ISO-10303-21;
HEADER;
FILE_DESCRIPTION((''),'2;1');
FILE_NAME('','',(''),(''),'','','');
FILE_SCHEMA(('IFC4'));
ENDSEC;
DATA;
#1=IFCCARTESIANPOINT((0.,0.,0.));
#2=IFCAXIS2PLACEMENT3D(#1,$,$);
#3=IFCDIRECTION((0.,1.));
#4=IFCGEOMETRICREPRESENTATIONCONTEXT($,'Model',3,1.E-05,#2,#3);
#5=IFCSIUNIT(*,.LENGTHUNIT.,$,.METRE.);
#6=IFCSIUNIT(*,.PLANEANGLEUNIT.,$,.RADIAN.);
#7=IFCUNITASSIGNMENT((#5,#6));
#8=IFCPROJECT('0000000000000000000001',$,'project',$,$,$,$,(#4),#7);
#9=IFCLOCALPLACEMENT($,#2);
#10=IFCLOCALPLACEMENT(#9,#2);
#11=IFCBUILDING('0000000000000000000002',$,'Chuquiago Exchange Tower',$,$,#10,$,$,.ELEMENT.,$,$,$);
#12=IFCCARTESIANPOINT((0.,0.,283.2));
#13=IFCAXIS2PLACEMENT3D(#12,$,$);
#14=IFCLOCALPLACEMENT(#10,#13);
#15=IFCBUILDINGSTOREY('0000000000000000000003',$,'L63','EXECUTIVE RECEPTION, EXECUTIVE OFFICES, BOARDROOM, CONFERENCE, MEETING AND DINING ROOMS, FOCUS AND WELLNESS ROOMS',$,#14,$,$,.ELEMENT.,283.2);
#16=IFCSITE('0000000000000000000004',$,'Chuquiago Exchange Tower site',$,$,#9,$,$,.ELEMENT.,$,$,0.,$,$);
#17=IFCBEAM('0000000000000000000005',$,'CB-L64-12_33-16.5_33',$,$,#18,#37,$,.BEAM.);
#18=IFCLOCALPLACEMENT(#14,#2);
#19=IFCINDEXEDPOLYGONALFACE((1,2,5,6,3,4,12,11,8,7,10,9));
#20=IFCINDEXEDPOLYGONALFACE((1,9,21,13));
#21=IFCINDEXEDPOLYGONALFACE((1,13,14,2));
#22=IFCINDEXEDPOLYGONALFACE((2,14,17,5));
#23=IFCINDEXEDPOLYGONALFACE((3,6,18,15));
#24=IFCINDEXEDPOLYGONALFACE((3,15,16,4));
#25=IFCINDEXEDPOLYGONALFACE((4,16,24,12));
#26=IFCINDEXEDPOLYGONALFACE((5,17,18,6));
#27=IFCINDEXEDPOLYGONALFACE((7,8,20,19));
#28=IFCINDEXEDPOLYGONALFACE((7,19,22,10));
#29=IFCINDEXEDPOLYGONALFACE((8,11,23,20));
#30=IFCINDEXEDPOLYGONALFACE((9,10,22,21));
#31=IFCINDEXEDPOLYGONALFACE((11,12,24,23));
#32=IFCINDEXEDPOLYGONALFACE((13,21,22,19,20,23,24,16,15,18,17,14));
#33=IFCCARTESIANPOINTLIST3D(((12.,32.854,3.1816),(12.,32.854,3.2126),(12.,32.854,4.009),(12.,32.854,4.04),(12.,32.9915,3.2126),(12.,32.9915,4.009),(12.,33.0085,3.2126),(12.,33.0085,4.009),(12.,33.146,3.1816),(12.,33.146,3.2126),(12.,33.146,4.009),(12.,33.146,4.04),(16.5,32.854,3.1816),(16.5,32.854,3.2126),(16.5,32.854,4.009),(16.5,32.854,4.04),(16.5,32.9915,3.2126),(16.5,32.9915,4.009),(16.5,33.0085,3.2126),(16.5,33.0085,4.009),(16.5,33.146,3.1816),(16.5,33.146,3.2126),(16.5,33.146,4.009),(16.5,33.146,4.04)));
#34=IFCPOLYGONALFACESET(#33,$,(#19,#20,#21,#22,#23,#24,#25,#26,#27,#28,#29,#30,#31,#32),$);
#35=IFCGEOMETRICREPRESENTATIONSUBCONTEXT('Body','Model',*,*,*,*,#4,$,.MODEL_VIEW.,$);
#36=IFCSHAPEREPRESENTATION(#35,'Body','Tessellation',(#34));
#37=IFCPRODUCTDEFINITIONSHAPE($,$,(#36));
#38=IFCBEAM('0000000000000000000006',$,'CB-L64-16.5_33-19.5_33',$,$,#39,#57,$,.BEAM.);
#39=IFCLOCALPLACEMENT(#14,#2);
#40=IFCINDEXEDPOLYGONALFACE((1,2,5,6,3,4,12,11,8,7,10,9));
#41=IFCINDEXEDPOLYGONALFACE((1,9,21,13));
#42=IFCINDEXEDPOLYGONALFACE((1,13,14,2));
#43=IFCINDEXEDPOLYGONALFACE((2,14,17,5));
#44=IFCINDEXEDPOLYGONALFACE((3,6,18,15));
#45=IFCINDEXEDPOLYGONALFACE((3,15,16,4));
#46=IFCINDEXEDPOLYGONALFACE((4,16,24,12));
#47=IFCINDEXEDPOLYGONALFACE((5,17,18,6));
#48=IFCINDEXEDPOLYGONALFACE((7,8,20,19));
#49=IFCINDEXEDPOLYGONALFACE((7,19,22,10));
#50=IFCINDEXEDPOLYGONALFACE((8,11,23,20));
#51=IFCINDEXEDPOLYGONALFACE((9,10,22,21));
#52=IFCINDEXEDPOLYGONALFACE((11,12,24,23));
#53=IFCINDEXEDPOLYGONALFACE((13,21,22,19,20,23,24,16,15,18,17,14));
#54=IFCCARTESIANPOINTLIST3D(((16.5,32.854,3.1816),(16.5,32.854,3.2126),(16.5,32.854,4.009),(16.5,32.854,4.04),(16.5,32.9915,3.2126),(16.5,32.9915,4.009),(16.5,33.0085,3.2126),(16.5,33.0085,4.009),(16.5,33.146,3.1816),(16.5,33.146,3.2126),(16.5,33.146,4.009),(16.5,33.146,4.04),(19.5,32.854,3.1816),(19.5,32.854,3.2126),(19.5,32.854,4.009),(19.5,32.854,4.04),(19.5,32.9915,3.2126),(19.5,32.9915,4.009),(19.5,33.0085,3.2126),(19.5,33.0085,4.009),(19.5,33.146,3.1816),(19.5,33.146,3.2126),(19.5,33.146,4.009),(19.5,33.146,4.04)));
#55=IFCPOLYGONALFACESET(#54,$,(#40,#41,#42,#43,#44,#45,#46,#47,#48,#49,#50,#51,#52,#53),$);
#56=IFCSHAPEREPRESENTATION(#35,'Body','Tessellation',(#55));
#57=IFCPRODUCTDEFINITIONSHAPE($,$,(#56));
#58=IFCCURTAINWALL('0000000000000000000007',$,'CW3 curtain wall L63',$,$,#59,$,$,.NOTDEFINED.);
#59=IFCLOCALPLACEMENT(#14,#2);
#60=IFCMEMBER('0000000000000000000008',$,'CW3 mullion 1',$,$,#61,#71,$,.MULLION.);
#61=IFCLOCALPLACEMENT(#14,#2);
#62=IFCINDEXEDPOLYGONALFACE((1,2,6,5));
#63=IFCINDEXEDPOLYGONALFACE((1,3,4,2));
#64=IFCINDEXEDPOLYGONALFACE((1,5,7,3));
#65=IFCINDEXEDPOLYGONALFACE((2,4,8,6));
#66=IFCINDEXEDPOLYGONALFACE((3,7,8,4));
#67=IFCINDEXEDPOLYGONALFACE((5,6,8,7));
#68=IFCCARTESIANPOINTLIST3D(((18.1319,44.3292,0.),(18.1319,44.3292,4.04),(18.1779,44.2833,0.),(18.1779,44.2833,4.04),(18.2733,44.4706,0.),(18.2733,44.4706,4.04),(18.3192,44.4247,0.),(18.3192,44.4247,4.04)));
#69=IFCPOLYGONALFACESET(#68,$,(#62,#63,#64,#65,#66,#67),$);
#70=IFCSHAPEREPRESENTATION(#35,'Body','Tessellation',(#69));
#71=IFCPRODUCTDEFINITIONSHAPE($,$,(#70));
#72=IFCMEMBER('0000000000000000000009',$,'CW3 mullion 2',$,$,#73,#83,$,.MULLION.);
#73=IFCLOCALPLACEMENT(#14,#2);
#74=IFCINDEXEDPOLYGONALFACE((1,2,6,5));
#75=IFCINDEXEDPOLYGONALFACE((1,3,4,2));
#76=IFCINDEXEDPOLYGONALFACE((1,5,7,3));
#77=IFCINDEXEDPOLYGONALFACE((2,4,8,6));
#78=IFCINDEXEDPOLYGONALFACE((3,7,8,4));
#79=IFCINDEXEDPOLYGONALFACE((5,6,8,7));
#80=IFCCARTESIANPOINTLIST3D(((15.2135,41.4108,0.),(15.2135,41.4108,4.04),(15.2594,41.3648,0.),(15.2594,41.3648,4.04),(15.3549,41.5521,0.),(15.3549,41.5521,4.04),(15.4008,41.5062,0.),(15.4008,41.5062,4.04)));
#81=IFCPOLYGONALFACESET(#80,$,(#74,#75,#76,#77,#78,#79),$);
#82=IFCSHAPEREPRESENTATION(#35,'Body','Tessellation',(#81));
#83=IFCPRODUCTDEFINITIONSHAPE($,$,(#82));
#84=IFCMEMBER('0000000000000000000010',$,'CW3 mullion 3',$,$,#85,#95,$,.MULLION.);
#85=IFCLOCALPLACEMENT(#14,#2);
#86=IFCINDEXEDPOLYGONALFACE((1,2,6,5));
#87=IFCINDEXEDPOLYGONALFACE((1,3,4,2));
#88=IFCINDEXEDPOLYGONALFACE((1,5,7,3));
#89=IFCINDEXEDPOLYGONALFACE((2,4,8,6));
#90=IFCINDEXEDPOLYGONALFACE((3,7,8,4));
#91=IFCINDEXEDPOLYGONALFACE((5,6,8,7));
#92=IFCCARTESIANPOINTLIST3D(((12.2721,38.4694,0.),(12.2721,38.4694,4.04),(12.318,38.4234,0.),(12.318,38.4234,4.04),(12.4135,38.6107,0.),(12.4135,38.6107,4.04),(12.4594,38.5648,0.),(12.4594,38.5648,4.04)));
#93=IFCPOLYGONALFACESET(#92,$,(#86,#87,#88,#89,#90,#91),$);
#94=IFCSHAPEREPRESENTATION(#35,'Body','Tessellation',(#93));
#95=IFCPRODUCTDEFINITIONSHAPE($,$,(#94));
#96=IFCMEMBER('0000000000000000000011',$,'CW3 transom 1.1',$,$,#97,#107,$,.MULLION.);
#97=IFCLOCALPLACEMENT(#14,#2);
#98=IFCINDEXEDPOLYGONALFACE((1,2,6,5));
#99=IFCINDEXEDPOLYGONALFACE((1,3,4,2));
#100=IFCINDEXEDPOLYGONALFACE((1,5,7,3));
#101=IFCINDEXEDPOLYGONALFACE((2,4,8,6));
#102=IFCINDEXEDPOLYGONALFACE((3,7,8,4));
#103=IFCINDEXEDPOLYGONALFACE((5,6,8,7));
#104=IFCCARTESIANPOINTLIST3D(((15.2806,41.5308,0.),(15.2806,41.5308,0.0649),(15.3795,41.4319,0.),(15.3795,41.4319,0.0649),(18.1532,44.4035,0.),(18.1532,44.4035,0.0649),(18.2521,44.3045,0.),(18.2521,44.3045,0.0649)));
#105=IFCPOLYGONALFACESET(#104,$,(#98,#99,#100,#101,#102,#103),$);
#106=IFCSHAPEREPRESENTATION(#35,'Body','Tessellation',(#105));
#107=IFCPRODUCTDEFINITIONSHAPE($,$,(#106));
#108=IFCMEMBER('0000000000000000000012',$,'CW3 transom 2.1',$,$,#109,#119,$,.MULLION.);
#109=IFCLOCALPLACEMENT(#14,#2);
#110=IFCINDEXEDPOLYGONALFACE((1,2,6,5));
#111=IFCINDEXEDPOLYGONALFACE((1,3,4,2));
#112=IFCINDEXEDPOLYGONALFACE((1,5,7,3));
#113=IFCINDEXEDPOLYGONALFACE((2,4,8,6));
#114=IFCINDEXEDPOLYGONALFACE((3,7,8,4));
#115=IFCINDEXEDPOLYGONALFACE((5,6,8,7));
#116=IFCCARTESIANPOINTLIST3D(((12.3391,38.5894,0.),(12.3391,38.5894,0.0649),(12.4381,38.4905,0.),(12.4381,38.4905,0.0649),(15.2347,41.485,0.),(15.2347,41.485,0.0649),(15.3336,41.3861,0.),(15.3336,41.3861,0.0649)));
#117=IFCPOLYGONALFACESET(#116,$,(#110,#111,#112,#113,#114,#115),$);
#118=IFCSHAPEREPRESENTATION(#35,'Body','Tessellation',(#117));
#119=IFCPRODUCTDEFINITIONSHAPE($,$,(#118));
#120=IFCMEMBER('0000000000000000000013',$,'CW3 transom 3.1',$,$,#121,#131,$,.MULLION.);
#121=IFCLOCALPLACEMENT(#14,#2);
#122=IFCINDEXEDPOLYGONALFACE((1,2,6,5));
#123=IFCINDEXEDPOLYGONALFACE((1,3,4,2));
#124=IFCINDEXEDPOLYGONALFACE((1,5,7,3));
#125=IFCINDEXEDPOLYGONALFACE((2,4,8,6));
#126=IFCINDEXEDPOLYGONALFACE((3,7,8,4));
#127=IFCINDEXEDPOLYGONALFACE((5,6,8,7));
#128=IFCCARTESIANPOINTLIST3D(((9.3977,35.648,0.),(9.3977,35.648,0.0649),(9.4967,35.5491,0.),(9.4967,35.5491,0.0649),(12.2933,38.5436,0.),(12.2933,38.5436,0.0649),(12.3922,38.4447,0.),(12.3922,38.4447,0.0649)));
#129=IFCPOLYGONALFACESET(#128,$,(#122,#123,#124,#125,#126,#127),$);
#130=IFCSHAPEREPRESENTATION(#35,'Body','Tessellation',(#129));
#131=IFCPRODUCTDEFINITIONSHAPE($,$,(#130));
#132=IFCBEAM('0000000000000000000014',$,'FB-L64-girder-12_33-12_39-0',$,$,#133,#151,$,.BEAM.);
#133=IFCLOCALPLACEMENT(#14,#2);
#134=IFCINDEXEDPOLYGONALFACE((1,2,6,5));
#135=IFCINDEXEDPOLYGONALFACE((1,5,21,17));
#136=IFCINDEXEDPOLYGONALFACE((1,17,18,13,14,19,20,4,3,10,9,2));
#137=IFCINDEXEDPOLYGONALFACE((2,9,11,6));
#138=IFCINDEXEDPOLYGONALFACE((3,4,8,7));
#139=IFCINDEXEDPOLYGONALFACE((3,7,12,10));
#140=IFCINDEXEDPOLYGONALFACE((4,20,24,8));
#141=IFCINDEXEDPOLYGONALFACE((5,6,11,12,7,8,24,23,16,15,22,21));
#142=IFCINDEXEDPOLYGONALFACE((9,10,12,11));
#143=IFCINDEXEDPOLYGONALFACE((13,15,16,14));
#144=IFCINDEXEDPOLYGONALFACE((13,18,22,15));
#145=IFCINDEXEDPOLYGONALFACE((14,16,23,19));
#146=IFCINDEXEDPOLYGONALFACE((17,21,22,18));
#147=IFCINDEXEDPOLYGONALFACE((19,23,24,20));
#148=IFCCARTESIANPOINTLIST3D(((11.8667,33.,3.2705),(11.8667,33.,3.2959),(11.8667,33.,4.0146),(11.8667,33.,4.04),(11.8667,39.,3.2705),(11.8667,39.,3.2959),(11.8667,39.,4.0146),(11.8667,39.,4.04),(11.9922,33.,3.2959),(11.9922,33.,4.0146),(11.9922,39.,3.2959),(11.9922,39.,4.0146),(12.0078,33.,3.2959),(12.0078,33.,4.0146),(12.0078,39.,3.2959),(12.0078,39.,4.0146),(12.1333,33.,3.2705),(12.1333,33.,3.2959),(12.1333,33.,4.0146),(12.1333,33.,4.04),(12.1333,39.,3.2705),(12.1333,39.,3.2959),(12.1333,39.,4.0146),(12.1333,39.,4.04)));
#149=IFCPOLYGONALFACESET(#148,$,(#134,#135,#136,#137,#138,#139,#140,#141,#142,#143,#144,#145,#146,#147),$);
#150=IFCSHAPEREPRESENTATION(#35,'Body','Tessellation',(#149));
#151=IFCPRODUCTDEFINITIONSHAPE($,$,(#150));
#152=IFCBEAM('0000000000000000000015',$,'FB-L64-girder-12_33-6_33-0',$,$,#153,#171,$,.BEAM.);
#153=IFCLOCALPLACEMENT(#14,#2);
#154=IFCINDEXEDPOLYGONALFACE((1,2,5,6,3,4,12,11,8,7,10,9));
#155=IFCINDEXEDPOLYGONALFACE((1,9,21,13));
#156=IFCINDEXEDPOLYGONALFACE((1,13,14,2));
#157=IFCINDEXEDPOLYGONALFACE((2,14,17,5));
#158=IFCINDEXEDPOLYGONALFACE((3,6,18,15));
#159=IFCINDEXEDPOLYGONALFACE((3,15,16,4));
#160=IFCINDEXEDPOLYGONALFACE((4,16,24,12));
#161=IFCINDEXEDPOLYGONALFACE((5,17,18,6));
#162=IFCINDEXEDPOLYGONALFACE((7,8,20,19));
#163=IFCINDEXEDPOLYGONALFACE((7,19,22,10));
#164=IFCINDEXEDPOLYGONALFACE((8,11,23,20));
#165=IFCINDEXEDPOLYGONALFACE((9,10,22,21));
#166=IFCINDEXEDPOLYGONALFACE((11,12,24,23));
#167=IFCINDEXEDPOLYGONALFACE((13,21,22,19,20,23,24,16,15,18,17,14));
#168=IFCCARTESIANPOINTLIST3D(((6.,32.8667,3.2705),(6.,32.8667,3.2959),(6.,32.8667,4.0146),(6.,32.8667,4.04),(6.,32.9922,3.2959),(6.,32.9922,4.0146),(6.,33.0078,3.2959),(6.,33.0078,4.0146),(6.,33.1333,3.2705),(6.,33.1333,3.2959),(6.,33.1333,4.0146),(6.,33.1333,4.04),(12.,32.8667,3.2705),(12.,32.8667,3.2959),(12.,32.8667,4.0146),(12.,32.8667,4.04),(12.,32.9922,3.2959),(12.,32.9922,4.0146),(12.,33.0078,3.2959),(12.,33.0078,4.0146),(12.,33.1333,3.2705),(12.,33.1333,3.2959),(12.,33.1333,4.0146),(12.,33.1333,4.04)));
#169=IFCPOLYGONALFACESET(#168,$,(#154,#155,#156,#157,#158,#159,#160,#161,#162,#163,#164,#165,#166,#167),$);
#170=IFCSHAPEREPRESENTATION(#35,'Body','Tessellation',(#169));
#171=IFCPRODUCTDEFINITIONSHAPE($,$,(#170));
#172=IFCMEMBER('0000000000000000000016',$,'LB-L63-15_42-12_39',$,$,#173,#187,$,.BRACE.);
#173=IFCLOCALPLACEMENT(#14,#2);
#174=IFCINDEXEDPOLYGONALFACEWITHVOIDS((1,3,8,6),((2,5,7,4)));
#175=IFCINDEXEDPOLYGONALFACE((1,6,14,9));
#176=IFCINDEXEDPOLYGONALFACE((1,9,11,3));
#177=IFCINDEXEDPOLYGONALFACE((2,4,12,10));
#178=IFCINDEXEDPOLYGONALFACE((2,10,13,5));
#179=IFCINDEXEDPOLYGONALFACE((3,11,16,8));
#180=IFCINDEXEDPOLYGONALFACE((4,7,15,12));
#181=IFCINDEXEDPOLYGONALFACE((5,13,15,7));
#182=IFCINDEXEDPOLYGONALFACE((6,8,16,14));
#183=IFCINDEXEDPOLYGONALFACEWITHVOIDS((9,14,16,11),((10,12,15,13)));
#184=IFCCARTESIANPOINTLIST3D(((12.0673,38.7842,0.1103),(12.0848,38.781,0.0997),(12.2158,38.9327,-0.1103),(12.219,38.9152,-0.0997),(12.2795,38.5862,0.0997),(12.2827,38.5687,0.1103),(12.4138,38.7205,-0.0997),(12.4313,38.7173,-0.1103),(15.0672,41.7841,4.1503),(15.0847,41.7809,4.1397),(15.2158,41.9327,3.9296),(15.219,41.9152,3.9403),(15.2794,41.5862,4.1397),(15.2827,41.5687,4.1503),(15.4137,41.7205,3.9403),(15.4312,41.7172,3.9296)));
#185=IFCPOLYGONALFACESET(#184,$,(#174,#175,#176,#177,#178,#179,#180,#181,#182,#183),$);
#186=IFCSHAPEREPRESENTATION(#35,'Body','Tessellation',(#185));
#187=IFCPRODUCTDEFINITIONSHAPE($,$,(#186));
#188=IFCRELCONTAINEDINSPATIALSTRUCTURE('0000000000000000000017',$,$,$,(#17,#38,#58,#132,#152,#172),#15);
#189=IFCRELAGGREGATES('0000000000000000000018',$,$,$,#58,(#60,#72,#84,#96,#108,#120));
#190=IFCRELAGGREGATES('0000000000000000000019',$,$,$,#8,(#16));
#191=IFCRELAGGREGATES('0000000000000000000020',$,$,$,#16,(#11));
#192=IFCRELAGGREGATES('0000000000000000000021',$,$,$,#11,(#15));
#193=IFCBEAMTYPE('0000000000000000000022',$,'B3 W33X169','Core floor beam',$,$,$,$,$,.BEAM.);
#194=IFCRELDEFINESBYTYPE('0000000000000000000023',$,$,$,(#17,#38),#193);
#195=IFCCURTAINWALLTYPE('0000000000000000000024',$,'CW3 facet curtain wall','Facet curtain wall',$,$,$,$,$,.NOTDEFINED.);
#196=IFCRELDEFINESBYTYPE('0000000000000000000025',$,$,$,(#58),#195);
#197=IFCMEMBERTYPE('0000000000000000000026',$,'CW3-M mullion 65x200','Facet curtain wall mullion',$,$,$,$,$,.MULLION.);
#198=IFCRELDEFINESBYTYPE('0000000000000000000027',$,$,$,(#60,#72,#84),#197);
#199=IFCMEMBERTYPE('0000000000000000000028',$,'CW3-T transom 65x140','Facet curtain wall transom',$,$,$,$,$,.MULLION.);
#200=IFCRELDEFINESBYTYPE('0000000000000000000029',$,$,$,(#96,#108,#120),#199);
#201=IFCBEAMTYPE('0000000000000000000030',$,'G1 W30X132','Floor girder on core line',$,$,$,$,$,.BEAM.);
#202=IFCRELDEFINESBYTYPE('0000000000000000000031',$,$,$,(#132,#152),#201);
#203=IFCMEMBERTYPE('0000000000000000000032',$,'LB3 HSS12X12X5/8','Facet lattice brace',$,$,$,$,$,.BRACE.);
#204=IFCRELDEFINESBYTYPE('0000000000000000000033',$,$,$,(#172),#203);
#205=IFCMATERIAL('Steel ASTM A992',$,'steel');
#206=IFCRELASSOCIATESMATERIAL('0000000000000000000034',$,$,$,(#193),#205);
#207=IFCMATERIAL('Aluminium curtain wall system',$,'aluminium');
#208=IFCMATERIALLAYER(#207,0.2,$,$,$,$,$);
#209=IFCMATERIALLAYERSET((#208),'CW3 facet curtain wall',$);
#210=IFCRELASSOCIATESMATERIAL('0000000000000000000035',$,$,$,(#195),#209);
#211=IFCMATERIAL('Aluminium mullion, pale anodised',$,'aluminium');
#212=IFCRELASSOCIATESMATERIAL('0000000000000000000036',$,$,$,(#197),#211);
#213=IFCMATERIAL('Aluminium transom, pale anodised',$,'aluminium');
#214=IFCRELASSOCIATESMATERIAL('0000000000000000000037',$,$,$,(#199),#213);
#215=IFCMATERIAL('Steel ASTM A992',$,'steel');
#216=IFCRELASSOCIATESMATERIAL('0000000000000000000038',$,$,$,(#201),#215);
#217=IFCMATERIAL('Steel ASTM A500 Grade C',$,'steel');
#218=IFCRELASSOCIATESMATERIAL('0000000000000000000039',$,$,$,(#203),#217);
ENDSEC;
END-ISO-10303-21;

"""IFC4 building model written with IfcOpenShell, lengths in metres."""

from ifc_helpers import new_model, si_unit, direction, frame, origin, origin_2d, place, context, subcontext, project, spatial, rectangle, hollow_rectangle, i_section, extrude, material, layer, layer_set, material_profile, profile_set, type_object, element, aggregate, save


model = new_model("IFC4")

# Units and contexts
model_context = context("Model", 3, precision=1e-05, world=origin(), true_north=direction((0.0, 1.0)))
body_context = subcontext(model_context, "Body", "Model", "MODEL_VIEW")
ifc_project = project(units=[si_unit("LENGTHUNIT", "METRE"), si_unit("PLANEANGLEUNIT", "RADIAN")], contexts=[model_context])

# Site, building, storey
site_placement = place(None, origin())
site = spatial("IfcSite", under=ifc_project, at=site_placement, Name="Chuquiago Exchange Tower site", CompositionType="ELEMENT", RefElevation=0.0)
building_placement = place(site_placement, origin())
building = spatial("IfcBuilding", under=site, at=building_placement, Name="Chuquiago Exchange Tower", CompositionType="ELEMENT")
storey_placement = place(building_placement, frame((0.0, 0.0, 283.2)))
storey = spatial("IfcBuildingStorey", under=building, at=storey_placement, Name="L63", Description="EXECUTIVE RECEPTION, EXECUTIVE OFFICES, BOARDROOM, CONFERENCE, MEETING AND DINING ROOMS, FOCUS AND WELLNESS ROOMS", CompositionType="ELEMENT", Elevation=283.2)

# Beams
ifc_material_1 = material(Name="Steel ASTM A992", Category="steel")
ifc_material_profile_1 = material_profile(ifc_material_1, i_section(OverallWidth=0.292, OverallDepth=0.8584, WebThickness=0.0171, FlangeThickness=0.031, at=origin_2d()), Name="W33X169")
ifc_profile_set_1 = profile_set([ifc_material_profile_1], Name="Steel ASTM A992")
beam_type_1 = type_object("IfcBeamType", Name="B3 W33X169", Description="Core floor beam", PredefinedType="BEAM", material=ifc_profile_set_1)
beam_1_placement = place(storey_placement, frame((12.0, 33.0, 3.6108), z_axis=(1.0, 0.0, 0.0), x_axis=(0.0, 1.0, 0.0)))
element("IfcBeam", 1, at=beam_1_placement, inside=storey, type_object=beam_type_1, Name="CB-L64-12_33-16.5_33", PredefinedType="BEAM", context=body_context, shape_type="SweptSolid", body=[
    extrude(i_section(OverallWidth=0.292, OverallDepth=0.8584, WebThickness=0.0171, FlangeThickness=0.031, at=origin_2d()), origin(), (0.0, 0.0, 1.0), 4.5),
])
beam_2_placement = place(storey_placement, frame((16.5, 33.0, 3.6108), z_axis=(1.0, 0.0, 0.0), x_axis=(0.0, 1.0, 0.0)))
element("IfcBeam", 2, at=beam_2_placement, inside=storey, type_object=beam_type_1, Name="CB-L64-16.5_33-19.5_33", PredefinedType="BEAM", context=body_context, shape_type="SweptSolid", body=[
    extrude(i_section(OverallWidth=0.292, OverallDepth=0.8584, WebThickness=0.0171, FlangeThickness=0.031, at=origin_2d()), origin(), (0.0, 0.0, 1.0), 3.0),
])

# Curtain wall, members
ifc_material_2 = material(Name="Aluminium curtain wall system", Category="aluminium")
ifc_layer_1 = layer(ifc_material_2, 0.2)
ifc_layer_set_1 = layer_set([ifc_layer_1], Name="CW3 facet curtain wall")
curtain_wall_type = type_object("IfcCurtainWallType", Name="CW3 facet curtain wall", Description="Facet curtain wall", PredefinedType="NOTDEFINED", material=ifc_layer_set_1)
curtain_wall_placement = place(storey_placement, origin())
curtain_wall = element("IfcCurtainWall", 3, at=curtain_wall_placement, inside=storey, type_object=curtain_wall_type, Name="CW3 curtain wall L63", PredefinedType="NOTDEFINED")
ifc_material_3 = material(Name="Aluminium mullion, pale anodised", Category="aluminium")
ifc_material_profile_2 = material_profile(ifc_material_3, rectangle(XDim=0.0649, YDim=0.2, at=origin_2d()), Name="AL 65x200")
ifc_profile_set_2 = profile_set([ifc_material_profile_2], Name="Aluminium mullion, pale anodised")
member_type_1 = type_object("IfcMemberType", Name="CW3-M mullion 65x200", Description="Facet curtain wall mullion", PredefinedType="MULLION", material=ifc_profile_set_2)
member_1_placement = place(storey_placement, frame((18.2256, 44.377, 0.0), z_axis=(0.0, 0.0, 1.0), x_axis=(0.707107, -0.707107, 0.0)))
member_1 = element("IfcMember", 4, at=member_1_placement, type_object=member_type_1, Name="CW3 mullion 1", PredefinedType="MULLION", context=body_context, shape_type="SweptSolid", body=[
    extrude(rectangle(XDim=0.0649, YDim=0.2, at=origin_2d()), origin(), (0.0, 0.0, 1.0), 4.04),
])
member_2_placement = place(storey_placement, frame((15.3071, 41.4585, 0.0), z_axis=(0.0, 0.0, 1.0), x_axis=(0.707107, -0.707107, 0.0)))
member_2 = element("IfcMember", 5, at=member_2_placement, type_object=member_type_1, Name="CW3 mullion 2", PredefinedType="MULLION", context=body_context, shape_type="SweptSolid", body=[
    extrude(rectangle(XDim=0.0649, YDim=0.2, at=origin_2d()), origin(), (0.0, 0.0, 1.0), 4.04),
])
member_3_placement = place(storey_placement, frame((12.3657, 38.5171, 0.0), z_axis=(0.0, 0.0, 1.0), x_axis=(0.707107, -0.707107, 0.0)))
member_3 = element("IfcMember", 6, at=member_3_placement, type_object=member_type_1, Name="CW3 mullion 3", PredefinedType="MULLION", context=body_context, shape_type="SweptSolid", body=[
    extrude(rectangle(XDim=0.0649, YDim=0.2, at=origin_2d()), origin(), (0.0, 0.0, 1.0), 4.04),
])
ifc_material_4 = material(Name="Aluminium transom, pale anodised", Category="aluminium")
ifc_material_profile_3 = material_profile(ifc_material_4, rectangle(XDim=0.1399, YDim=0.0649, at=origin_2d()), Name="AL 140x65")
ifc_profile_set_3 = profile_set([ifc_material_profile_3], Name="Aluminium transom, pale anodised")
member_type_2 = type_object("IfcMemberType", Name="CW3-T transom 65x140", Description="Facet curtain wall transom", PredefinedType="MULLION", material=ifc_profile_set_3)
member_4_placement = place(storey_placement, frame((18.2026, 44.354, 0.0325), z_axis=(-0.707107, -0.707107, 0.0), x_axis=(0.707107, -0.707107, 0.0)))
member_4 = element("IfcMember", 7, at=member_4_placement, type_object=member_type_2, Name="CW3 transom 1.1", PredefinedType="MULLION", context=body_context, shape_type="SweptSolid", body=[
    extrude(rectangle(XDim=0.1399, YDim=0.0649, at=origin_2d()), origin(), (0.0, 0.0, 1.0), 4.0625),
])
member_5_placement = place(storey_placement, frame((15.2842, 41.4355, 0.0325), z_axis=(-0.707107, -0.707107, 0.0), x_axis=(0.707107, -0.707107, 0.0)))
member_5 = element("IfcMember", 8, at=member_5_placement, type_object=member_type_2, Name="CW3 transom 2.1", PredefinedType="MULLION", context=body_context, shape_type="SweptSolid", body=[
    extrude(rectangle(XDim=0.1399, YDim=0.0649, at=origin_2d()), origin(), (0.0, 0.0, 1.0), 4.095),
])
member_6_placement = place(storey_placement, frame((12.3428, 38.4941, 0.0325), z_axis=(-0.707107, -0.707107, 0.0), x_axis=(0.707107, -0.707107, 0.0)))
member_6 = element("IfcMember", 9, at=member_6_placement, type_object=member_type_2, Name="CW3 transom 3.1", PredefinedType="MULLION", context=body_context, shape_type="SweptSolid", body=[
    extrude(rectangle(XDim=0.1399, YDim=0.0649, at=origin_2d()), origin(), (0.0, 0.0, 1.0), 4.095),
])

# Beams
ifc_material_5 = material(Name="Steel ASTM A992", Category="steel")
ifc_material_profile_4 = material_profile(ifc_material_5, i_section(OverallWidth=0.2666, OverallDepth=0.7695, WebThickness=0.0156, FlangeThickness=0.0254, at=origin_2d()), Name="W30X132")
ifc_profile_set_4 = profile_set([ifc_material_profile_4], Name="Steel ASTM A992")
beam_type_2 = type_object("IfcBeamType", Name="G1 W30X132", Description="Floor girder on core line", PredefinedType="BEAM", material=ifc_profile_set_4)
for number, where, z_axis, x_axis, name in (
    (10, (12.0, 33.0, 3.6553), (0.0, 1.0, 0.0), (-1.0, 0.0, 0.0), "FB-L64-girder-12_33-12_39-0"),
    (11, (12.0, 33.0, 3.6553), (-1.0, 0.0, 0.0), (0.0, -1.0, 0.0), "FB-L64-girder-12_33-6_33-0"),
):
    element("IfcBeam", number, at=place(storey_placement, frame(where, z_axis=z_axis, x_axis=x_axis)), inside=storey, type_object=beam_type_2, Name=name, PredefinedType="BEAM", context=body_context, shape_type="SweptSolid", body=[
        extrude(i_section(OverallWidth=0.2666, OverallDepth=0.7695, WebThickness=0.0156, FlangeThickness=0.0254, at=origin_2d()), origin(), (0.0, 0.0, 1.0), 6.0),
    ])

# Member
ifc_material_6 = material(Name="Steel ASTM A500 Grade C", Category="steel")
ifc_material_profile_5 = material_profile(ifc_material_6, hollow_rectangle(XDim=0.3047, YDim=0.3047, WallThickness=0.0146, at=origin_2d()), Name="HSS12X12X5/8")
ifc_profile_set_5 = profile_set([ifc_material_profile_5], Name="Steel ASTM A500 Grade C")
member_type_3 = type_object("IfcMemberType", Name="LB3 HSS12X12X5/8", Description="Facet lattice brace", PredefinedType="BRACE", material=ifc_profile_set_5)
for number, where, z_axis, x_axis, name in (
    (12, (12.2493, 38.7507, 0.0), (0.512077, 0.512077, 0.689604), (-0.707107, 0.707107, 0.0), "LB-L63-15_42-12_39"),
):
    element("IfcMember", number, at=place(storey_placement, frame(where, z_axis=z_axis, x_axis=x_axis)), inside=storey, type_object=member_type_3, Name=name, PredefinedType="BRACE", context=body_context, shape_type="SweptSolid", body=[
        extrude(hollow_rectangle(XDim=0.3047, YDim=0.3047, WallThickness=0.0146, at=origin_2d()), origin(), (0.0, 0.0, 1.0), 5.8584),
    ])

aggregate(curtain_wall, [member_1, member_2, member_3, member_4, member_5, member_6])

save(model, "model.ifc")
